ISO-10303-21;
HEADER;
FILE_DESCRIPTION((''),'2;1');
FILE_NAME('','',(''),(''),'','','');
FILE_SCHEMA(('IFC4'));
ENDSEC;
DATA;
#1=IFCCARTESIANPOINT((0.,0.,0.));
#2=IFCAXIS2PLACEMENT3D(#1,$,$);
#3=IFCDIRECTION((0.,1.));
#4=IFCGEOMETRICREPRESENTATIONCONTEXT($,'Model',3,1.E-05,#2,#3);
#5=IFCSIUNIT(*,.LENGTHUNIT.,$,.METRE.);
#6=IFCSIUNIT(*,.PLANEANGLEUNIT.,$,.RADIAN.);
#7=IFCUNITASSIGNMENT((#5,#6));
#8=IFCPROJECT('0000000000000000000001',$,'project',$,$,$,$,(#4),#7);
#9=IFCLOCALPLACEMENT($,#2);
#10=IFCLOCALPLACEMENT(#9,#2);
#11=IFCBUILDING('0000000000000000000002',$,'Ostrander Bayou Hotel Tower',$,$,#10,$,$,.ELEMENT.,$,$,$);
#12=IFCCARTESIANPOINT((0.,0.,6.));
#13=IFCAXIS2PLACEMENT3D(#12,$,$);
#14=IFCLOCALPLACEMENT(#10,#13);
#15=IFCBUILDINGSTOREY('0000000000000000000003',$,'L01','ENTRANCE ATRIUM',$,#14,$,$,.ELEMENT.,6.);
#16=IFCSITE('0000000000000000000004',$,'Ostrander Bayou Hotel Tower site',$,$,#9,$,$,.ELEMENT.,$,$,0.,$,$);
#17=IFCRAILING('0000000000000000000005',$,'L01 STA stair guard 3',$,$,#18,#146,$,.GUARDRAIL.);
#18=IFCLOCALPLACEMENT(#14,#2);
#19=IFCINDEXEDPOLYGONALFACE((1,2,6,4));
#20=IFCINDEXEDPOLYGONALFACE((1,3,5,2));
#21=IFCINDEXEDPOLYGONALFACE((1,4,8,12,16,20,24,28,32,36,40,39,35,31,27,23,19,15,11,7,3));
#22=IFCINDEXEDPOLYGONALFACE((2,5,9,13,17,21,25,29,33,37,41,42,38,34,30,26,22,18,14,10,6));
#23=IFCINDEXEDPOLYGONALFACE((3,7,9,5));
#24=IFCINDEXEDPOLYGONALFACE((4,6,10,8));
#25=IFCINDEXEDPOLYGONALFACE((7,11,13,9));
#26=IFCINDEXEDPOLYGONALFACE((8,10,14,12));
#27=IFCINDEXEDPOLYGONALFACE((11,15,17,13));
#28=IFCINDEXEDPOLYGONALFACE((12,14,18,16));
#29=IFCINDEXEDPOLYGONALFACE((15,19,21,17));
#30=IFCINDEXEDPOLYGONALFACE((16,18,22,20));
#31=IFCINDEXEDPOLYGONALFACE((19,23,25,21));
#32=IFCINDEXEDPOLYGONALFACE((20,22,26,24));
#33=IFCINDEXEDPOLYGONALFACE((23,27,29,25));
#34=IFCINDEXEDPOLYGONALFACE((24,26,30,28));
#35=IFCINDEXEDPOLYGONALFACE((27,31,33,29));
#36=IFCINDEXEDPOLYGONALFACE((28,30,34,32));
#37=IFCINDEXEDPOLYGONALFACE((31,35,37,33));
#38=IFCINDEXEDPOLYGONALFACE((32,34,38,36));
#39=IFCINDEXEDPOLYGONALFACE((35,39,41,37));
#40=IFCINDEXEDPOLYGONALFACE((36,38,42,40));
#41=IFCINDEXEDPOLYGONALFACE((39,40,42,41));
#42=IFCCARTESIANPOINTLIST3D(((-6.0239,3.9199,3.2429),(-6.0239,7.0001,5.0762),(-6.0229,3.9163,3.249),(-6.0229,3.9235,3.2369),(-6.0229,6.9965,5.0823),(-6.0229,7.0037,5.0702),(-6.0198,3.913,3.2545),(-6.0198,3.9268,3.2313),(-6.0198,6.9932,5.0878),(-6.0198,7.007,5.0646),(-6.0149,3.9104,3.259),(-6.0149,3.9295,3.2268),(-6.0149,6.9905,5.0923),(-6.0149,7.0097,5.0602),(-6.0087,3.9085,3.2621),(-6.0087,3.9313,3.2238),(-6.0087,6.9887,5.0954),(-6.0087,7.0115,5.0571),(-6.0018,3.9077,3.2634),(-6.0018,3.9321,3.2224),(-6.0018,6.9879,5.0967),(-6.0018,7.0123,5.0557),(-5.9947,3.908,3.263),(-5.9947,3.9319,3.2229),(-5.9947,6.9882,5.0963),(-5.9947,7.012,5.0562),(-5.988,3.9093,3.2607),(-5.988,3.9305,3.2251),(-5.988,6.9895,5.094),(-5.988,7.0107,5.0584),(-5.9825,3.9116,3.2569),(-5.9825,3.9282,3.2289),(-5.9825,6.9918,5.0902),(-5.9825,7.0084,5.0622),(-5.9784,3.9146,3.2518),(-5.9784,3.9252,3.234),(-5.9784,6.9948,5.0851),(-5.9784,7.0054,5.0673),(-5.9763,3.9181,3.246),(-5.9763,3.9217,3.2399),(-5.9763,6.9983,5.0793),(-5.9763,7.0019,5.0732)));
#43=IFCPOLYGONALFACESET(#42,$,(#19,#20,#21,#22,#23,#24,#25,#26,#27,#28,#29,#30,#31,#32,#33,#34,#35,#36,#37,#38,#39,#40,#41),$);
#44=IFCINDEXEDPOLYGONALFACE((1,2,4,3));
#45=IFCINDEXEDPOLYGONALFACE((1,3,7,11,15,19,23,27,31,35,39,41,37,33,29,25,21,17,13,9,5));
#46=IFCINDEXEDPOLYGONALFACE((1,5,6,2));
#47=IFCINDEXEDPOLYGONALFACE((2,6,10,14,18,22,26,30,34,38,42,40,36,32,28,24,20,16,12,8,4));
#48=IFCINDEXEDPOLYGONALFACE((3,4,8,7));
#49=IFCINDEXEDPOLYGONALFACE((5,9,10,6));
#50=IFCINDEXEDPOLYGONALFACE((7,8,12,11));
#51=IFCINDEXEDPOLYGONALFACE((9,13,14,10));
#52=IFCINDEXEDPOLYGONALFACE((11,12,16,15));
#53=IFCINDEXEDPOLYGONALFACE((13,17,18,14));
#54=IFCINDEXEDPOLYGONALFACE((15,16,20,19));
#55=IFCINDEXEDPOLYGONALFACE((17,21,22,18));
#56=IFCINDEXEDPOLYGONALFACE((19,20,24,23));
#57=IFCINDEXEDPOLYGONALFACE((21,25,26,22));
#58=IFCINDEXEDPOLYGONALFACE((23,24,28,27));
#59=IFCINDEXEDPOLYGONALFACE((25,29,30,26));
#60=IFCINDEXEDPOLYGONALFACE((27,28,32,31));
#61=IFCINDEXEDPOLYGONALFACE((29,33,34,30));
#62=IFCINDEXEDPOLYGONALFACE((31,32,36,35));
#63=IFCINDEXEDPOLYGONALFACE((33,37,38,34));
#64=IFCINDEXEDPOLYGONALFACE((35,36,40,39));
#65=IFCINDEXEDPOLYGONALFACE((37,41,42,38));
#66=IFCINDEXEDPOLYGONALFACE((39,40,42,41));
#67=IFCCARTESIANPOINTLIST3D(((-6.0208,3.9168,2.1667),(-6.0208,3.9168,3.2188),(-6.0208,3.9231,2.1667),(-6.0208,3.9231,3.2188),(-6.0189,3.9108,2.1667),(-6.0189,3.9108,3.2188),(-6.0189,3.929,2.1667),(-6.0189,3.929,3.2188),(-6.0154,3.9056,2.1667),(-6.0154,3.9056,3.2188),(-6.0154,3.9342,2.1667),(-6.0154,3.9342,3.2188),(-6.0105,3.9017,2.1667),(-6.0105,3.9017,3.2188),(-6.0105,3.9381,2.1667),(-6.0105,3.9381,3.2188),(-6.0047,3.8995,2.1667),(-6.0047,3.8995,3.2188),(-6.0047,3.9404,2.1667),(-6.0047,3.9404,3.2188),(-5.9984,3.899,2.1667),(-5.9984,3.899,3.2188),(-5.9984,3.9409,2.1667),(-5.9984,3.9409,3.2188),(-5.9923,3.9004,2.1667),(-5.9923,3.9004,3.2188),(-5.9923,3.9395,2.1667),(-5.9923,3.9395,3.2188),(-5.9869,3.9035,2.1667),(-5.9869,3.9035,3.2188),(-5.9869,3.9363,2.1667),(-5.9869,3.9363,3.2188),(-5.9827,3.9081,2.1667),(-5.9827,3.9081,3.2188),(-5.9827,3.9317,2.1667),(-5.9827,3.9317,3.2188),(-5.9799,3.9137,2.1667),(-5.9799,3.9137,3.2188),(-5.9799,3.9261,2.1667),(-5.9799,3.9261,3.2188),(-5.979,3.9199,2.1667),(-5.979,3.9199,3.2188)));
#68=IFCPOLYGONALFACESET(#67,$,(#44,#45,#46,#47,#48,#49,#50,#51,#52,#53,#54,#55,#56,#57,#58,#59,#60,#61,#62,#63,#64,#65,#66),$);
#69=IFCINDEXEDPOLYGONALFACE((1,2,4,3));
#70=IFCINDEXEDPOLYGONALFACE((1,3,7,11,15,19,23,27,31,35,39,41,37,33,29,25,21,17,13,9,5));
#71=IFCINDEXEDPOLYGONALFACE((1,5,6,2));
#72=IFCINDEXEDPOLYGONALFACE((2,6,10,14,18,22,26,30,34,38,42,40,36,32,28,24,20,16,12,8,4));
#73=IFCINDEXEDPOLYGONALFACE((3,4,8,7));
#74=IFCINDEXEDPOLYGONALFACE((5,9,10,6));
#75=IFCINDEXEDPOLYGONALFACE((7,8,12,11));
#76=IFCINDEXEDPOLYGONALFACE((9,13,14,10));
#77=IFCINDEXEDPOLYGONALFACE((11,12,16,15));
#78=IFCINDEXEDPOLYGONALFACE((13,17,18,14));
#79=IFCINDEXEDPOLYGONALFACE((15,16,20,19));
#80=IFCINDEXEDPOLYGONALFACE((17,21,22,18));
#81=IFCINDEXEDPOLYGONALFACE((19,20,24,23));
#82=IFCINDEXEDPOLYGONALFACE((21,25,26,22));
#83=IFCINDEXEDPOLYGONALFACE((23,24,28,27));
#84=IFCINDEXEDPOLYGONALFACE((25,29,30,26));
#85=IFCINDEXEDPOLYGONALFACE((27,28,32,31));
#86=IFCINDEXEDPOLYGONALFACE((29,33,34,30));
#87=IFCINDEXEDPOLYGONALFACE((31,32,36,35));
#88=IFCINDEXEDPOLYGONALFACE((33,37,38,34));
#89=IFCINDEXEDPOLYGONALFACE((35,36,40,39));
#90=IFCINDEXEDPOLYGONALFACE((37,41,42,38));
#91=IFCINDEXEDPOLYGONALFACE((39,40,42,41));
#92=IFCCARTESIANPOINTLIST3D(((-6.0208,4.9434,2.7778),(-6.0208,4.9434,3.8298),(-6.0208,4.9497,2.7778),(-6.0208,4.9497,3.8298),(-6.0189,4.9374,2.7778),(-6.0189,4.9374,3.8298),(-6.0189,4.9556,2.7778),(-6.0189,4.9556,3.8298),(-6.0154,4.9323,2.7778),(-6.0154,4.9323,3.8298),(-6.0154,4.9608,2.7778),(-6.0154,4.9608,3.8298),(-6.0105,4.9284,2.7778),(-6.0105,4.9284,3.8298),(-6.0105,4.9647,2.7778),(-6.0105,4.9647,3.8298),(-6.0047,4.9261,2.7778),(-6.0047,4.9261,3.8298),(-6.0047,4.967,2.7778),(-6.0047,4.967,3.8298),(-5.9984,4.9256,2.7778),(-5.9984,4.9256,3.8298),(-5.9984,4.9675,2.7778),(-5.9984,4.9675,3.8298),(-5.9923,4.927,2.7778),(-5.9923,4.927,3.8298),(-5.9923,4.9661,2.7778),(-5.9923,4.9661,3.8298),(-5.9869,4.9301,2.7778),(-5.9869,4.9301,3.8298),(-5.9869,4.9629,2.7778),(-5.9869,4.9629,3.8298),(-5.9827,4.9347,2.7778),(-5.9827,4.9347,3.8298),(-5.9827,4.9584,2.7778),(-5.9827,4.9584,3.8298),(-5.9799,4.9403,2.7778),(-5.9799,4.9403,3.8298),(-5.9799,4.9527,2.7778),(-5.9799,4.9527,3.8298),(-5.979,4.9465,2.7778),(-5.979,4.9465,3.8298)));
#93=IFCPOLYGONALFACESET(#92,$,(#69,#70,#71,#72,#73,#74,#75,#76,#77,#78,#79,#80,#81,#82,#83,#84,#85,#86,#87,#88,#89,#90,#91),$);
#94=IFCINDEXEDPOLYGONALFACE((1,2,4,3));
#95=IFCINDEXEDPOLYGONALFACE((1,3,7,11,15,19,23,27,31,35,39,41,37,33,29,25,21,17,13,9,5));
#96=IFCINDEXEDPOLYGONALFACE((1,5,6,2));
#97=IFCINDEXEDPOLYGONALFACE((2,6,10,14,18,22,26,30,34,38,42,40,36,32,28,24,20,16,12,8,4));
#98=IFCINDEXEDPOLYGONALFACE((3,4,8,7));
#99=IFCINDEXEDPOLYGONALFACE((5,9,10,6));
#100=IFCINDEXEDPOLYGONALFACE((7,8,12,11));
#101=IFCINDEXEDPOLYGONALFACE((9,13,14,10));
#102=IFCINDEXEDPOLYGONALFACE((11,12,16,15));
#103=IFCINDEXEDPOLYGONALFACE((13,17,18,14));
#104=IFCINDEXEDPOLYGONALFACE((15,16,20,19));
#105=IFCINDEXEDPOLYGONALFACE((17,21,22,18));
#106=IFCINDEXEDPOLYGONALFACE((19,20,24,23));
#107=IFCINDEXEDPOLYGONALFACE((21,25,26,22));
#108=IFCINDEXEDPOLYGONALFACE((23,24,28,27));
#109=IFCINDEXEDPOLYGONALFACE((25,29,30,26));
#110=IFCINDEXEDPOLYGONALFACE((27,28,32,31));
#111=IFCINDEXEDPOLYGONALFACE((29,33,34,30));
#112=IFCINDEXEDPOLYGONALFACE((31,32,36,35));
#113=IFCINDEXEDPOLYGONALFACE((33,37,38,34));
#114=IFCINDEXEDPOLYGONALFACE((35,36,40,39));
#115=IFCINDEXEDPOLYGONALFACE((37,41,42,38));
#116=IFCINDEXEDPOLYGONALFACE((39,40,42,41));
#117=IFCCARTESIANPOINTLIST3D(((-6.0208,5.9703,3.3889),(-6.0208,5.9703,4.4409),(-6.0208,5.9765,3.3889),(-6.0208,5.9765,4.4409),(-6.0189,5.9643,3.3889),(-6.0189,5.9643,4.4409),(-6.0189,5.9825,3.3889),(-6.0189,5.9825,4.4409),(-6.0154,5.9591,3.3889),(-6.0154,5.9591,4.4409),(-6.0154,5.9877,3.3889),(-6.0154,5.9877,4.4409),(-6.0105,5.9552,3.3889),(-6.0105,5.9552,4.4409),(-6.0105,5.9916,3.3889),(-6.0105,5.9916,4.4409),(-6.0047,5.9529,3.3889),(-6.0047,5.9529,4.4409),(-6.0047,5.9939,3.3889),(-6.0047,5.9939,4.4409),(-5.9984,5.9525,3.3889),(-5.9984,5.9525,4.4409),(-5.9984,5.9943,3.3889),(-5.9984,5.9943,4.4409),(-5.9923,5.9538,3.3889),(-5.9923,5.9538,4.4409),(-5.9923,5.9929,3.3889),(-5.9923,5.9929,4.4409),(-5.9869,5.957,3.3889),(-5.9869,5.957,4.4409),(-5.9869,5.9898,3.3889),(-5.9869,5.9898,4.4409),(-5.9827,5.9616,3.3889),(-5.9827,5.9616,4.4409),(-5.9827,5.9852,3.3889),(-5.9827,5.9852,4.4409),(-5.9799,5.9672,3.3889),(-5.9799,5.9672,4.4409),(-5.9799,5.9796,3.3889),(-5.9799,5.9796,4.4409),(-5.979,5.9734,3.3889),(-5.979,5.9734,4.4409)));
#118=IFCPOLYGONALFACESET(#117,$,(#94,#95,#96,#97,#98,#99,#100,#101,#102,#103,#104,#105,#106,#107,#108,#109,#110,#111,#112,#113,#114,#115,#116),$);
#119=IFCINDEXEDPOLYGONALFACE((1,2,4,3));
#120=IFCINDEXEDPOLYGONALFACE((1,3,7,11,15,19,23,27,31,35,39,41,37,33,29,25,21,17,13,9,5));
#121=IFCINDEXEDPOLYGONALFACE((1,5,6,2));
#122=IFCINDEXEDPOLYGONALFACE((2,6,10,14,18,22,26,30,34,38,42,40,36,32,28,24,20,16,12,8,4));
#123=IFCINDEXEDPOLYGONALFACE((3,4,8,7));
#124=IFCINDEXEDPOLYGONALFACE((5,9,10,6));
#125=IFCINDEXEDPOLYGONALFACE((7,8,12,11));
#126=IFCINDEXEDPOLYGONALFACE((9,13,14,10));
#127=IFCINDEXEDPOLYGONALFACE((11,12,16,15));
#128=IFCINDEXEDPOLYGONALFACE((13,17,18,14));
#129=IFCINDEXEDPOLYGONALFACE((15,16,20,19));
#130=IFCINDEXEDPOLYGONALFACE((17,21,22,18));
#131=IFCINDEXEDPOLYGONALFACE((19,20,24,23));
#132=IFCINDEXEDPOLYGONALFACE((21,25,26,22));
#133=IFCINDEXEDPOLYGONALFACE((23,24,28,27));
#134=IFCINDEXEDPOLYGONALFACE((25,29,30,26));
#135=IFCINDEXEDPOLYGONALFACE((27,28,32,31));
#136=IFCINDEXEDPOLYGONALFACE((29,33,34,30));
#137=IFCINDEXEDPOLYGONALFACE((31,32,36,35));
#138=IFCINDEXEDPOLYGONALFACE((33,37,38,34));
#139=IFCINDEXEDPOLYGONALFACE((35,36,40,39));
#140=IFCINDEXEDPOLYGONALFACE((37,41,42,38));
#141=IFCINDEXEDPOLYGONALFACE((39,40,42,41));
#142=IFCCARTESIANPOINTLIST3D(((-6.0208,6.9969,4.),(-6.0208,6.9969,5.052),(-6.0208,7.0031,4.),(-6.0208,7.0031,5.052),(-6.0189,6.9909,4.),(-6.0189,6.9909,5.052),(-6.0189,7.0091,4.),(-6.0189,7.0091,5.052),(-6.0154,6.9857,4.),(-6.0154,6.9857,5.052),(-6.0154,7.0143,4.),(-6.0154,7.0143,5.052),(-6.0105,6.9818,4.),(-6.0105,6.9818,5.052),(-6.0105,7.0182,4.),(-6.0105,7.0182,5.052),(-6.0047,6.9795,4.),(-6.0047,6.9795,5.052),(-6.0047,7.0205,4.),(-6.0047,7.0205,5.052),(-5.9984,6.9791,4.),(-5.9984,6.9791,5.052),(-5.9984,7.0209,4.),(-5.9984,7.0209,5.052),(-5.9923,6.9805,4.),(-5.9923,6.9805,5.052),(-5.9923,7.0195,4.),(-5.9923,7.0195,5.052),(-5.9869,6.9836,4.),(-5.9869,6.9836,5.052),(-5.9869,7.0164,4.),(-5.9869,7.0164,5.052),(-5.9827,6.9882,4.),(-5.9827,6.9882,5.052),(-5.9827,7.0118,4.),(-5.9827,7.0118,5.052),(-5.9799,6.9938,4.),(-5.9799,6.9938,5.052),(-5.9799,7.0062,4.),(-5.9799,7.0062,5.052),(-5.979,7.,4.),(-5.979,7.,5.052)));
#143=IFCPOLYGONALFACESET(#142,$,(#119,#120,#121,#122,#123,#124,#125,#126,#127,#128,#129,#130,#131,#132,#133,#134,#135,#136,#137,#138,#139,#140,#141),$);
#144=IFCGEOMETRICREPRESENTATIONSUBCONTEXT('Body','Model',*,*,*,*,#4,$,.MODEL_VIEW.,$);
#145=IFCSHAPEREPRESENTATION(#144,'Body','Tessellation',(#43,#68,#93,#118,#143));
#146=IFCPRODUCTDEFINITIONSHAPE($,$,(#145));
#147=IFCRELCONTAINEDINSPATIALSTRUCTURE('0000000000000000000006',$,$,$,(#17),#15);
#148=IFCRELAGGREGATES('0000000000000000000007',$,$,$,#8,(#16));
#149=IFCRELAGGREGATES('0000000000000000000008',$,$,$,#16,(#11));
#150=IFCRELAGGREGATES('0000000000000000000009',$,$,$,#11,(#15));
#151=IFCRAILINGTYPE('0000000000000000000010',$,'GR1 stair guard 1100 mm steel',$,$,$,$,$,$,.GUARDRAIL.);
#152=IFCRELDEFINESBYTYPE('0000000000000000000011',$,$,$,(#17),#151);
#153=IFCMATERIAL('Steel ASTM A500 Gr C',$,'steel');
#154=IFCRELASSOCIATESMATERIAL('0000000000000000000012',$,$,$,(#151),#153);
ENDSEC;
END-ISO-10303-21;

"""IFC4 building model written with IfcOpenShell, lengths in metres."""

from ifc_helpers import new_model, si_unit, direction, frame, origin, origin_2d, place, context, subcontext, project, spatial, circle, extrude, material, type_object, element, save


model = new_model("IFC4")

# Units and contexts
model_context = context("Model", 3, precision=1e-05, world=origin(), true_north=direction((0.0, 1.0)))
body_context = subcontext(model_context, "Body", "Model", "MODEL_VIEW")
ifc_project = project(units=[si_unit("LENGTHUNIT", "METRE"), si_unit("PLANEANGLEUNIT", "RADIAN")], contexts=[model_context])

# Site, building, storey
site_placement = place(None, origin())
site = spatial("IfcSite", under=ifc_project, at=site_placement, Name="Ostrander Bayou Hotel Tower site", CompositionType="ELEMENT", RefElevation=0.0)
building_placement = place(site_placement, origin())
building = spatial("IfcBuilding", under=site, at=building_placement, Name="Ostrander Bayou Hotel Tower", CompositionType="ELEMENT")
storey_placement = place(building_placement, frame((0.0, 0.0, 6.0)))
storey = spatial("IfcBuildingStorey", under=building, at=storey_placement, Name="L01", Description="ENTRANCE ATRIUM", CompositionType="ELEMENT", Elevation=6.0)

# Railing
ifc_material_1 = material(Name="Steel ASTM A500 Gr C", Category="steel")
railing_type_1 = type_object("IfcRailingType", Name="GR1 stair guard 1100 mm steel", PredefinedType="GUARDRAIL", material=ifc_material_1)
railing_1_placement = place(storey_placement, frame((-6.0, 3.9199, 2.1667)))
element("IfcRailing", 1, at=railing_1_placement, inside=storey, type_object=railing_type_1, Name="L01 STA stair guard 3", PredefinedType="GUARDRAIL", context=body_context, shape_type="SweptSolid", body=[
    extrude(circle(Radius=0.0239, at=origin_2d()), frame((0.0, 0.0, 1.0762), z_axis=(0.0, 0.859309, 0.511458), x_axis=(-1.0, 0.0, 0.0)), (0.0, 0.0, 1.0), 3.5845),
    extrude(circle(Radius=0.021, at=origin_2d()), origin(), (0.0, 0.0, 1.0), 1.052),
    extrude(circle(Radius=0.021, at=origin_2d()), frame((0.0, 1.0266, 0.6111)), (0.0, 0.0, 1.0), 1.052),
    extrude(circle(Radius=0.021, at=origin_2d()), frame((0.0, 2.0535, 1.2222)), (0.0, 0.0, 1.0), 1.052),
    extrude(circle(Radius=0.021, at=origin_2d()), frame((0.0, 3.0801, 1.8333)), (0.0, 0.0, 1.0), 1.052),
])

save(model, "model.ifc")
